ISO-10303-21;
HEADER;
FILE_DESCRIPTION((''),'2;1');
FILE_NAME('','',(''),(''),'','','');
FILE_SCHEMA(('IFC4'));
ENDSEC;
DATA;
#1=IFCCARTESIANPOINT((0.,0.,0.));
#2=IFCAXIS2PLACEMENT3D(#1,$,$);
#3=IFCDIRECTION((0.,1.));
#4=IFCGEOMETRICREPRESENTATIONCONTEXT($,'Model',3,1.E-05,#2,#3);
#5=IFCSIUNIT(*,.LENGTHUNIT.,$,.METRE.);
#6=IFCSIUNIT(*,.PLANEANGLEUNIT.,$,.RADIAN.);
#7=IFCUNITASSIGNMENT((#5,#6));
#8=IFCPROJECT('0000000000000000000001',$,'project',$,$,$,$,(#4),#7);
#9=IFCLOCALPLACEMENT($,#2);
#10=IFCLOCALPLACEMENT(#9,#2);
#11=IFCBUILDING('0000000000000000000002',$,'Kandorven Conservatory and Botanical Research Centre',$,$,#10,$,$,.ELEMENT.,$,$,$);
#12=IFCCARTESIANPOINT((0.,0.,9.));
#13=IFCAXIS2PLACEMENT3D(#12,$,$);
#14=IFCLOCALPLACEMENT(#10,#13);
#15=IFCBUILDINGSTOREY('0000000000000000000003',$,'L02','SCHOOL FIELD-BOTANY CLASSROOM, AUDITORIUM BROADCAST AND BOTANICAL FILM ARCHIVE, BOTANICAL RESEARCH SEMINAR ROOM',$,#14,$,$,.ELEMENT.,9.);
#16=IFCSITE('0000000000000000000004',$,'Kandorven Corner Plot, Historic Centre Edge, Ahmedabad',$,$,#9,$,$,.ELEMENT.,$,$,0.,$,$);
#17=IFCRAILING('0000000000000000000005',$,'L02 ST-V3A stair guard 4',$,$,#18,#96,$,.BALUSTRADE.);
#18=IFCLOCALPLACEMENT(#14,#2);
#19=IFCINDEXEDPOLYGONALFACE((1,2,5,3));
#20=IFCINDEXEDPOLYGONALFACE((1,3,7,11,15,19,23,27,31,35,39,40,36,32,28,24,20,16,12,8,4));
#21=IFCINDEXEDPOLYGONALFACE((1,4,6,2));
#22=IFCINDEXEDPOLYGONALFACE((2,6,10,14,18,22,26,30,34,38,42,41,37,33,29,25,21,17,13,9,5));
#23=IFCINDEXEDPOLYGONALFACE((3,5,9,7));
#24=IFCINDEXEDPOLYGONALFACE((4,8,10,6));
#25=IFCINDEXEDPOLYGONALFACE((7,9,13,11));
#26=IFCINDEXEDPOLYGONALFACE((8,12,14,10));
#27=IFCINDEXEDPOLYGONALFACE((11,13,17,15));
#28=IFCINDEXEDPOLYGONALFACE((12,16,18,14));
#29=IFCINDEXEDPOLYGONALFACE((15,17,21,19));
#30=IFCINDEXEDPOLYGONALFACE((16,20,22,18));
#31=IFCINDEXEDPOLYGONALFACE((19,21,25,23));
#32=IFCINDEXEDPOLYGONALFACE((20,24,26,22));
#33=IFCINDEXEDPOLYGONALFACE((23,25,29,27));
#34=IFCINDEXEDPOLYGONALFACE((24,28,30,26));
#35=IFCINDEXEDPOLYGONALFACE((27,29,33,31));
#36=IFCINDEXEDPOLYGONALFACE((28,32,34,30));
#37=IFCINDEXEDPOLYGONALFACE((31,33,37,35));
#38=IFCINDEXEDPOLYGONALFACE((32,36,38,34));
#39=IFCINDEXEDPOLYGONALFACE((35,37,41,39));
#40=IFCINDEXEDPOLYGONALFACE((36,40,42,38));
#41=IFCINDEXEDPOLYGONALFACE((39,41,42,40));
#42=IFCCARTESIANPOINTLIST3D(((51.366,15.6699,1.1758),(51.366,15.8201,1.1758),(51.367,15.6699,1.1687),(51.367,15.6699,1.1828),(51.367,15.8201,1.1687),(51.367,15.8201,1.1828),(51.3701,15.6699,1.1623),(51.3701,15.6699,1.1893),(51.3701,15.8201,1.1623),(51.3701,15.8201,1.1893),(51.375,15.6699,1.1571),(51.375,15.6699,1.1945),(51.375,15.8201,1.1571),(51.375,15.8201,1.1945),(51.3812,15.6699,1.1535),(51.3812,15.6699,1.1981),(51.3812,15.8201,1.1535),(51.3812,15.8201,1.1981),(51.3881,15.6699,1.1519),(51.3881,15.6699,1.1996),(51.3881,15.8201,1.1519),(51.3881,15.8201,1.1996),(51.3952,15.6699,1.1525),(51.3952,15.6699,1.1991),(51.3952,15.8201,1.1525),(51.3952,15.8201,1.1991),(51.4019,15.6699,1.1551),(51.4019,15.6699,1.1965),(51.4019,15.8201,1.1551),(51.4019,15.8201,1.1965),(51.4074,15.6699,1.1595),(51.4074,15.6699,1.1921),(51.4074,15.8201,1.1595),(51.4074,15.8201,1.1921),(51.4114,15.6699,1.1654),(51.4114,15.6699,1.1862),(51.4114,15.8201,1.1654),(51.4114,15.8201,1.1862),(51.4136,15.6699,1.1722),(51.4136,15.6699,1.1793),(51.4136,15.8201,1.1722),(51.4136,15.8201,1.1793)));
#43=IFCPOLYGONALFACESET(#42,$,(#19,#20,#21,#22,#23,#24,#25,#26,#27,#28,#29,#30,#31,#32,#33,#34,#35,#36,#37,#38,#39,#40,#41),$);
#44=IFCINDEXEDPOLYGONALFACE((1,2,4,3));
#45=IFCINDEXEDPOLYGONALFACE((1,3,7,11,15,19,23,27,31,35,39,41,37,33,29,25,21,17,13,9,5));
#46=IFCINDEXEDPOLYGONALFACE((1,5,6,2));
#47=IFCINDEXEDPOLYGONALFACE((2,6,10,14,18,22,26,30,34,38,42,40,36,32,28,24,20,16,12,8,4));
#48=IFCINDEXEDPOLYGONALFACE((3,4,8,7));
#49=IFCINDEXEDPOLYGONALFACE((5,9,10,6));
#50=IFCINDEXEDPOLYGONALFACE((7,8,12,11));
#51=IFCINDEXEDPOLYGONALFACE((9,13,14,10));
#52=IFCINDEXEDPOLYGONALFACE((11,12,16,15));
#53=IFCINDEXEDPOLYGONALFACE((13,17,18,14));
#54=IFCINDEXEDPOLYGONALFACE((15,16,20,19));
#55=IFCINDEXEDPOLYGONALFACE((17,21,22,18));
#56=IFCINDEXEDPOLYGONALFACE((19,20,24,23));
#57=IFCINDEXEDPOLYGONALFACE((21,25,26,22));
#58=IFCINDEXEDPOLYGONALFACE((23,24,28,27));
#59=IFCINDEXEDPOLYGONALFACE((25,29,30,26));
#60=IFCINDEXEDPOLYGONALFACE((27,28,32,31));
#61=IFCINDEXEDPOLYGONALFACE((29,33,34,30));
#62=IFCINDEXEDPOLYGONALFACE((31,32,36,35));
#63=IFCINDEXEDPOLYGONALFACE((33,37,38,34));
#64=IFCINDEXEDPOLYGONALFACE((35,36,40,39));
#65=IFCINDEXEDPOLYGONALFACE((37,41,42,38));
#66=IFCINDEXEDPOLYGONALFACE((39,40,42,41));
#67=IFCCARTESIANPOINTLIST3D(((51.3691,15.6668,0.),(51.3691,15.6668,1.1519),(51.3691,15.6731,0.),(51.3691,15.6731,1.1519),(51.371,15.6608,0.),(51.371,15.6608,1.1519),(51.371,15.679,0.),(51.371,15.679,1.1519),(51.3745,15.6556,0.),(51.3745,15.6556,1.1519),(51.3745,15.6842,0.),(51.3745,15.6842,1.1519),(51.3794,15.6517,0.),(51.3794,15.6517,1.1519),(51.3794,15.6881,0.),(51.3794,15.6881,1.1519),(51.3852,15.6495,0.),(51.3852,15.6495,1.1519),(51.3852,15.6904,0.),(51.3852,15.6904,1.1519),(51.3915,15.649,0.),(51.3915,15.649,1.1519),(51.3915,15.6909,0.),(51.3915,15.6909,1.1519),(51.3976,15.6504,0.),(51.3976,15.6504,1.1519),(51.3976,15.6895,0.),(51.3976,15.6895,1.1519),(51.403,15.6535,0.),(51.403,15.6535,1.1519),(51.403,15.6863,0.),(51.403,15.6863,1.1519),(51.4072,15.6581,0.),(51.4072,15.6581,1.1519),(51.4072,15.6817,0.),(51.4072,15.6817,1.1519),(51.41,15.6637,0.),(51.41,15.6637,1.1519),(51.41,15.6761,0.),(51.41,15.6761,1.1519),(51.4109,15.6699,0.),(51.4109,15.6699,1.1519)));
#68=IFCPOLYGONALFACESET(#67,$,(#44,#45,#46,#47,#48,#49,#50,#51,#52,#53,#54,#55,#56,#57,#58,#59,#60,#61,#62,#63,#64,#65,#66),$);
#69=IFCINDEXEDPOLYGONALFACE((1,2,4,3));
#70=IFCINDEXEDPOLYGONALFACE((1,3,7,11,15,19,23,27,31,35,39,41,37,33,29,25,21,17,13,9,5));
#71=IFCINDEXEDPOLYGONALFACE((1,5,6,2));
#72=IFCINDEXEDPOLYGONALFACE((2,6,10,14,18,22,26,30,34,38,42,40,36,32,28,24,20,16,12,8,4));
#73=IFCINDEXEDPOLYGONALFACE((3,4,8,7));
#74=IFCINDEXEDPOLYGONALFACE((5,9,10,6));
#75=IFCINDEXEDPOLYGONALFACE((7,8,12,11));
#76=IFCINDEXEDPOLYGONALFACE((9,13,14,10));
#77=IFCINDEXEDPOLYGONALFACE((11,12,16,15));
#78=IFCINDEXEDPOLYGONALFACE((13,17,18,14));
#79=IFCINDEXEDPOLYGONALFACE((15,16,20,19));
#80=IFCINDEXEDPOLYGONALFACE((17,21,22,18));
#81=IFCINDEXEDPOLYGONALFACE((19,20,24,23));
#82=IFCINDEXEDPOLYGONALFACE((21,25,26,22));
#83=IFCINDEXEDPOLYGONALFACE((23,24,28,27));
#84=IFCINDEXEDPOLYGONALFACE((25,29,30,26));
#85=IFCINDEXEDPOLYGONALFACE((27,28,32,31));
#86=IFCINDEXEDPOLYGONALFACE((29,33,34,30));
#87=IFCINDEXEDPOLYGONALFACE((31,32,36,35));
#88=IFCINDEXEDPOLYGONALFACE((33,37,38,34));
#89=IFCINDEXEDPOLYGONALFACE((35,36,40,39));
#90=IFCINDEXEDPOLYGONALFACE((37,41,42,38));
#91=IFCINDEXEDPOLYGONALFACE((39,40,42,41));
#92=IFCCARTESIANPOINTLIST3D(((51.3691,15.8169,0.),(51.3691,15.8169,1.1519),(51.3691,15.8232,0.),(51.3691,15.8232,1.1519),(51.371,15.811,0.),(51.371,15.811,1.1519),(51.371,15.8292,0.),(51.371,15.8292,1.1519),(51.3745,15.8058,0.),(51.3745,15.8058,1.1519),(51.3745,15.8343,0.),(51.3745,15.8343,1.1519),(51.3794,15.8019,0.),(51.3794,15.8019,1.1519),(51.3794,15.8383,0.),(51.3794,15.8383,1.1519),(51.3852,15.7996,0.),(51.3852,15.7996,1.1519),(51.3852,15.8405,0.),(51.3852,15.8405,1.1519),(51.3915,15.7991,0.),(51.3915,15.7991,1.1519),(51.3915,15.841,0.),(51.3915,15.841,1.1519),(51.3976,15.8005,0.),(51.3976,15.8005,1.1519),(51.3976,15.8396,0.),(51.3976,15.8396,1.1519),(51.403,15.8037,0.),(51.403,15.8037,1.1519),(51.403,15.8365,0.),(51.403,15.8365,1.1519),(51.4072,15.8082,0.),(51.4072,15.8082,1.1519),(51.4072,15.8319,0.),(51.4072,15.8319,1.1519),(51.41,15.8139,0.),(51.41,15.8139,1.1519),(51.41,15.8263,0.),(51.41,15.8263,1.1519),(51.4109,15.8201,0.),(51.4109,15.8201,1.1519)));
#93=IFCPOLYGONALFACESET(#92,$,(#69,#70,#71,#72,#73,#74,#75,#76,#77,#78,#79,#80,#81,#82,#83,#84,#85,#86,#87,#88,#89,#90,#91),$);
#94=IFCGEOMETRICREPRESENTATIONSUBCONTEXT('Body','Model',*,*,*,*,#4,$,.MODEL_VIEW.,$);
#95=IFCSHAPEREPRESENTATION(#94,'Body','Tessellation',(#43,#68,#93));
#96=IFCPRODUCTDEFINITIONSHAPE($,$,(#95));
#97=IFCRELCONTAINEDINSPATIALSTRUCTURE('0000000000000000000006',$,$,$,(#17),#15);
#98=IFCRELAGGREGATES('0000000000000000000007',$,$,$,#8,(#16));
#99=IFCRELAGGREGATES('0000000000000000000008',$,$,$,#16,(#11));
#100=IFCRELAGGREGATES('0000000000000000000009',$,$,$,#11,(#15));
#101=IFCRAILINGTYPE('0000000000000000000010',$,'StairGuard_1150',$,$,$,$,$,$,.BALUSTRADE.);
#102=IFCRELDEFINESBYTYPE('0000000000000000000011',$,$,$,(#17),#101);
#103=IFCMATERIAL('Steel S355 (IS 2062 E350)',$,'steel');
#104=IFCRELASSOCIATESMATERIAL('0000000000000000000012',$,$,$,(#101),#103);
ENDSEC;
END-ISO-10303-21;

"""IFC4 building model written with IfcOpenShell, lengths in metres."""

from ifc_helpers import new_model, si_unit, direction, frame, origin, origin_2d, place, context, subcontext, project, spatial, circle, extrude, material, type_object, element, save


model = new_model("IFC4")

# Units and contexts
model_context = context("Model", 3, precision=1e-05, world=origin(), true_north=direction((0.0, 1.0)))
body_context = subcontext(model_context, "Body", "Model", "MODEL_VIEW")
ifc_project = project(units=[si_unit("LENGTHUNIT", "METRE"), si_unit("PLANEANGLEUNIT", "RADIAN")], contexts=[model_context])

# Site, building, storey
site_placement = place(None, origin())
site = spatial("IfcSite", under=ifc_project, at=site_placement, Name="Kandorven Corner Plot, Historic Centre Edge, Ahmedabad", CompositionType="ELEMENT", RefElevation=0.0)
building_placement = place(site_placement, origin())
building = spatial("IfcBuilding", under=site, at=building_placement, Name="Kandorven Conservatory and Botanical Research Centre", CompositionType="ELEMENT")
storey_placement = place(building_placement, frame((0.0, 0.0, 9.0)))
storey = spatial("IfcBuildingStorey", under=building, at=storey_placement, Name="L02", Description="SCHOOL FIELD-BOTANY CLASSROOM, AUDITORIUM BROADCAST AND BOTANICAL FILM ARCHIVE, BOTANICAL RESEARCH SEMINAR ROOM", CompositionType="ELEMENT", Elevation=9.0)

# Railing
ifc_material_1 = material(Name="Steel S355 (IS 2062 E350)", Category="steel")
railing_type_1 = type_object("IfcRailingType", Name="StairGuard_1150", PredefinedType="BALUSTRADE", material=ifc_material_1)
railing_1_placement = place(storey_placement, frame((51.3899, 15.6699, 0.0)))
element("IfcRailing", 1, at=railing_1_placement, inside=storey, type_object=railing_type_1, Name="L02 ST-V3A stair guard 4", PredefinedType="BALUSTRADE", context=body_context, shape_type="SweptSolid", body=[
    extrude(circle(Radius=0.0239, at=origin_2d()), frame((0.0, 0.0, 1.1758), z_axis=(0.0, 1.0, 0.0), x_axis=(-1.0, 0.0, 0.0)), (0.0, 0.0, 1.0), 0.1501),
    extrude(circle(Radius=0.021, at=origin_2d()), origin(), (0.0, 0.0, 1.0), 1.1519),
    extrude(circle(Radius=0.021, at=origin_2d()), frame((0.0, 0.1501, 0.0)), (0.0, 0.0, 1.0), 1.1519),
])

save(model, "model.ifc")
